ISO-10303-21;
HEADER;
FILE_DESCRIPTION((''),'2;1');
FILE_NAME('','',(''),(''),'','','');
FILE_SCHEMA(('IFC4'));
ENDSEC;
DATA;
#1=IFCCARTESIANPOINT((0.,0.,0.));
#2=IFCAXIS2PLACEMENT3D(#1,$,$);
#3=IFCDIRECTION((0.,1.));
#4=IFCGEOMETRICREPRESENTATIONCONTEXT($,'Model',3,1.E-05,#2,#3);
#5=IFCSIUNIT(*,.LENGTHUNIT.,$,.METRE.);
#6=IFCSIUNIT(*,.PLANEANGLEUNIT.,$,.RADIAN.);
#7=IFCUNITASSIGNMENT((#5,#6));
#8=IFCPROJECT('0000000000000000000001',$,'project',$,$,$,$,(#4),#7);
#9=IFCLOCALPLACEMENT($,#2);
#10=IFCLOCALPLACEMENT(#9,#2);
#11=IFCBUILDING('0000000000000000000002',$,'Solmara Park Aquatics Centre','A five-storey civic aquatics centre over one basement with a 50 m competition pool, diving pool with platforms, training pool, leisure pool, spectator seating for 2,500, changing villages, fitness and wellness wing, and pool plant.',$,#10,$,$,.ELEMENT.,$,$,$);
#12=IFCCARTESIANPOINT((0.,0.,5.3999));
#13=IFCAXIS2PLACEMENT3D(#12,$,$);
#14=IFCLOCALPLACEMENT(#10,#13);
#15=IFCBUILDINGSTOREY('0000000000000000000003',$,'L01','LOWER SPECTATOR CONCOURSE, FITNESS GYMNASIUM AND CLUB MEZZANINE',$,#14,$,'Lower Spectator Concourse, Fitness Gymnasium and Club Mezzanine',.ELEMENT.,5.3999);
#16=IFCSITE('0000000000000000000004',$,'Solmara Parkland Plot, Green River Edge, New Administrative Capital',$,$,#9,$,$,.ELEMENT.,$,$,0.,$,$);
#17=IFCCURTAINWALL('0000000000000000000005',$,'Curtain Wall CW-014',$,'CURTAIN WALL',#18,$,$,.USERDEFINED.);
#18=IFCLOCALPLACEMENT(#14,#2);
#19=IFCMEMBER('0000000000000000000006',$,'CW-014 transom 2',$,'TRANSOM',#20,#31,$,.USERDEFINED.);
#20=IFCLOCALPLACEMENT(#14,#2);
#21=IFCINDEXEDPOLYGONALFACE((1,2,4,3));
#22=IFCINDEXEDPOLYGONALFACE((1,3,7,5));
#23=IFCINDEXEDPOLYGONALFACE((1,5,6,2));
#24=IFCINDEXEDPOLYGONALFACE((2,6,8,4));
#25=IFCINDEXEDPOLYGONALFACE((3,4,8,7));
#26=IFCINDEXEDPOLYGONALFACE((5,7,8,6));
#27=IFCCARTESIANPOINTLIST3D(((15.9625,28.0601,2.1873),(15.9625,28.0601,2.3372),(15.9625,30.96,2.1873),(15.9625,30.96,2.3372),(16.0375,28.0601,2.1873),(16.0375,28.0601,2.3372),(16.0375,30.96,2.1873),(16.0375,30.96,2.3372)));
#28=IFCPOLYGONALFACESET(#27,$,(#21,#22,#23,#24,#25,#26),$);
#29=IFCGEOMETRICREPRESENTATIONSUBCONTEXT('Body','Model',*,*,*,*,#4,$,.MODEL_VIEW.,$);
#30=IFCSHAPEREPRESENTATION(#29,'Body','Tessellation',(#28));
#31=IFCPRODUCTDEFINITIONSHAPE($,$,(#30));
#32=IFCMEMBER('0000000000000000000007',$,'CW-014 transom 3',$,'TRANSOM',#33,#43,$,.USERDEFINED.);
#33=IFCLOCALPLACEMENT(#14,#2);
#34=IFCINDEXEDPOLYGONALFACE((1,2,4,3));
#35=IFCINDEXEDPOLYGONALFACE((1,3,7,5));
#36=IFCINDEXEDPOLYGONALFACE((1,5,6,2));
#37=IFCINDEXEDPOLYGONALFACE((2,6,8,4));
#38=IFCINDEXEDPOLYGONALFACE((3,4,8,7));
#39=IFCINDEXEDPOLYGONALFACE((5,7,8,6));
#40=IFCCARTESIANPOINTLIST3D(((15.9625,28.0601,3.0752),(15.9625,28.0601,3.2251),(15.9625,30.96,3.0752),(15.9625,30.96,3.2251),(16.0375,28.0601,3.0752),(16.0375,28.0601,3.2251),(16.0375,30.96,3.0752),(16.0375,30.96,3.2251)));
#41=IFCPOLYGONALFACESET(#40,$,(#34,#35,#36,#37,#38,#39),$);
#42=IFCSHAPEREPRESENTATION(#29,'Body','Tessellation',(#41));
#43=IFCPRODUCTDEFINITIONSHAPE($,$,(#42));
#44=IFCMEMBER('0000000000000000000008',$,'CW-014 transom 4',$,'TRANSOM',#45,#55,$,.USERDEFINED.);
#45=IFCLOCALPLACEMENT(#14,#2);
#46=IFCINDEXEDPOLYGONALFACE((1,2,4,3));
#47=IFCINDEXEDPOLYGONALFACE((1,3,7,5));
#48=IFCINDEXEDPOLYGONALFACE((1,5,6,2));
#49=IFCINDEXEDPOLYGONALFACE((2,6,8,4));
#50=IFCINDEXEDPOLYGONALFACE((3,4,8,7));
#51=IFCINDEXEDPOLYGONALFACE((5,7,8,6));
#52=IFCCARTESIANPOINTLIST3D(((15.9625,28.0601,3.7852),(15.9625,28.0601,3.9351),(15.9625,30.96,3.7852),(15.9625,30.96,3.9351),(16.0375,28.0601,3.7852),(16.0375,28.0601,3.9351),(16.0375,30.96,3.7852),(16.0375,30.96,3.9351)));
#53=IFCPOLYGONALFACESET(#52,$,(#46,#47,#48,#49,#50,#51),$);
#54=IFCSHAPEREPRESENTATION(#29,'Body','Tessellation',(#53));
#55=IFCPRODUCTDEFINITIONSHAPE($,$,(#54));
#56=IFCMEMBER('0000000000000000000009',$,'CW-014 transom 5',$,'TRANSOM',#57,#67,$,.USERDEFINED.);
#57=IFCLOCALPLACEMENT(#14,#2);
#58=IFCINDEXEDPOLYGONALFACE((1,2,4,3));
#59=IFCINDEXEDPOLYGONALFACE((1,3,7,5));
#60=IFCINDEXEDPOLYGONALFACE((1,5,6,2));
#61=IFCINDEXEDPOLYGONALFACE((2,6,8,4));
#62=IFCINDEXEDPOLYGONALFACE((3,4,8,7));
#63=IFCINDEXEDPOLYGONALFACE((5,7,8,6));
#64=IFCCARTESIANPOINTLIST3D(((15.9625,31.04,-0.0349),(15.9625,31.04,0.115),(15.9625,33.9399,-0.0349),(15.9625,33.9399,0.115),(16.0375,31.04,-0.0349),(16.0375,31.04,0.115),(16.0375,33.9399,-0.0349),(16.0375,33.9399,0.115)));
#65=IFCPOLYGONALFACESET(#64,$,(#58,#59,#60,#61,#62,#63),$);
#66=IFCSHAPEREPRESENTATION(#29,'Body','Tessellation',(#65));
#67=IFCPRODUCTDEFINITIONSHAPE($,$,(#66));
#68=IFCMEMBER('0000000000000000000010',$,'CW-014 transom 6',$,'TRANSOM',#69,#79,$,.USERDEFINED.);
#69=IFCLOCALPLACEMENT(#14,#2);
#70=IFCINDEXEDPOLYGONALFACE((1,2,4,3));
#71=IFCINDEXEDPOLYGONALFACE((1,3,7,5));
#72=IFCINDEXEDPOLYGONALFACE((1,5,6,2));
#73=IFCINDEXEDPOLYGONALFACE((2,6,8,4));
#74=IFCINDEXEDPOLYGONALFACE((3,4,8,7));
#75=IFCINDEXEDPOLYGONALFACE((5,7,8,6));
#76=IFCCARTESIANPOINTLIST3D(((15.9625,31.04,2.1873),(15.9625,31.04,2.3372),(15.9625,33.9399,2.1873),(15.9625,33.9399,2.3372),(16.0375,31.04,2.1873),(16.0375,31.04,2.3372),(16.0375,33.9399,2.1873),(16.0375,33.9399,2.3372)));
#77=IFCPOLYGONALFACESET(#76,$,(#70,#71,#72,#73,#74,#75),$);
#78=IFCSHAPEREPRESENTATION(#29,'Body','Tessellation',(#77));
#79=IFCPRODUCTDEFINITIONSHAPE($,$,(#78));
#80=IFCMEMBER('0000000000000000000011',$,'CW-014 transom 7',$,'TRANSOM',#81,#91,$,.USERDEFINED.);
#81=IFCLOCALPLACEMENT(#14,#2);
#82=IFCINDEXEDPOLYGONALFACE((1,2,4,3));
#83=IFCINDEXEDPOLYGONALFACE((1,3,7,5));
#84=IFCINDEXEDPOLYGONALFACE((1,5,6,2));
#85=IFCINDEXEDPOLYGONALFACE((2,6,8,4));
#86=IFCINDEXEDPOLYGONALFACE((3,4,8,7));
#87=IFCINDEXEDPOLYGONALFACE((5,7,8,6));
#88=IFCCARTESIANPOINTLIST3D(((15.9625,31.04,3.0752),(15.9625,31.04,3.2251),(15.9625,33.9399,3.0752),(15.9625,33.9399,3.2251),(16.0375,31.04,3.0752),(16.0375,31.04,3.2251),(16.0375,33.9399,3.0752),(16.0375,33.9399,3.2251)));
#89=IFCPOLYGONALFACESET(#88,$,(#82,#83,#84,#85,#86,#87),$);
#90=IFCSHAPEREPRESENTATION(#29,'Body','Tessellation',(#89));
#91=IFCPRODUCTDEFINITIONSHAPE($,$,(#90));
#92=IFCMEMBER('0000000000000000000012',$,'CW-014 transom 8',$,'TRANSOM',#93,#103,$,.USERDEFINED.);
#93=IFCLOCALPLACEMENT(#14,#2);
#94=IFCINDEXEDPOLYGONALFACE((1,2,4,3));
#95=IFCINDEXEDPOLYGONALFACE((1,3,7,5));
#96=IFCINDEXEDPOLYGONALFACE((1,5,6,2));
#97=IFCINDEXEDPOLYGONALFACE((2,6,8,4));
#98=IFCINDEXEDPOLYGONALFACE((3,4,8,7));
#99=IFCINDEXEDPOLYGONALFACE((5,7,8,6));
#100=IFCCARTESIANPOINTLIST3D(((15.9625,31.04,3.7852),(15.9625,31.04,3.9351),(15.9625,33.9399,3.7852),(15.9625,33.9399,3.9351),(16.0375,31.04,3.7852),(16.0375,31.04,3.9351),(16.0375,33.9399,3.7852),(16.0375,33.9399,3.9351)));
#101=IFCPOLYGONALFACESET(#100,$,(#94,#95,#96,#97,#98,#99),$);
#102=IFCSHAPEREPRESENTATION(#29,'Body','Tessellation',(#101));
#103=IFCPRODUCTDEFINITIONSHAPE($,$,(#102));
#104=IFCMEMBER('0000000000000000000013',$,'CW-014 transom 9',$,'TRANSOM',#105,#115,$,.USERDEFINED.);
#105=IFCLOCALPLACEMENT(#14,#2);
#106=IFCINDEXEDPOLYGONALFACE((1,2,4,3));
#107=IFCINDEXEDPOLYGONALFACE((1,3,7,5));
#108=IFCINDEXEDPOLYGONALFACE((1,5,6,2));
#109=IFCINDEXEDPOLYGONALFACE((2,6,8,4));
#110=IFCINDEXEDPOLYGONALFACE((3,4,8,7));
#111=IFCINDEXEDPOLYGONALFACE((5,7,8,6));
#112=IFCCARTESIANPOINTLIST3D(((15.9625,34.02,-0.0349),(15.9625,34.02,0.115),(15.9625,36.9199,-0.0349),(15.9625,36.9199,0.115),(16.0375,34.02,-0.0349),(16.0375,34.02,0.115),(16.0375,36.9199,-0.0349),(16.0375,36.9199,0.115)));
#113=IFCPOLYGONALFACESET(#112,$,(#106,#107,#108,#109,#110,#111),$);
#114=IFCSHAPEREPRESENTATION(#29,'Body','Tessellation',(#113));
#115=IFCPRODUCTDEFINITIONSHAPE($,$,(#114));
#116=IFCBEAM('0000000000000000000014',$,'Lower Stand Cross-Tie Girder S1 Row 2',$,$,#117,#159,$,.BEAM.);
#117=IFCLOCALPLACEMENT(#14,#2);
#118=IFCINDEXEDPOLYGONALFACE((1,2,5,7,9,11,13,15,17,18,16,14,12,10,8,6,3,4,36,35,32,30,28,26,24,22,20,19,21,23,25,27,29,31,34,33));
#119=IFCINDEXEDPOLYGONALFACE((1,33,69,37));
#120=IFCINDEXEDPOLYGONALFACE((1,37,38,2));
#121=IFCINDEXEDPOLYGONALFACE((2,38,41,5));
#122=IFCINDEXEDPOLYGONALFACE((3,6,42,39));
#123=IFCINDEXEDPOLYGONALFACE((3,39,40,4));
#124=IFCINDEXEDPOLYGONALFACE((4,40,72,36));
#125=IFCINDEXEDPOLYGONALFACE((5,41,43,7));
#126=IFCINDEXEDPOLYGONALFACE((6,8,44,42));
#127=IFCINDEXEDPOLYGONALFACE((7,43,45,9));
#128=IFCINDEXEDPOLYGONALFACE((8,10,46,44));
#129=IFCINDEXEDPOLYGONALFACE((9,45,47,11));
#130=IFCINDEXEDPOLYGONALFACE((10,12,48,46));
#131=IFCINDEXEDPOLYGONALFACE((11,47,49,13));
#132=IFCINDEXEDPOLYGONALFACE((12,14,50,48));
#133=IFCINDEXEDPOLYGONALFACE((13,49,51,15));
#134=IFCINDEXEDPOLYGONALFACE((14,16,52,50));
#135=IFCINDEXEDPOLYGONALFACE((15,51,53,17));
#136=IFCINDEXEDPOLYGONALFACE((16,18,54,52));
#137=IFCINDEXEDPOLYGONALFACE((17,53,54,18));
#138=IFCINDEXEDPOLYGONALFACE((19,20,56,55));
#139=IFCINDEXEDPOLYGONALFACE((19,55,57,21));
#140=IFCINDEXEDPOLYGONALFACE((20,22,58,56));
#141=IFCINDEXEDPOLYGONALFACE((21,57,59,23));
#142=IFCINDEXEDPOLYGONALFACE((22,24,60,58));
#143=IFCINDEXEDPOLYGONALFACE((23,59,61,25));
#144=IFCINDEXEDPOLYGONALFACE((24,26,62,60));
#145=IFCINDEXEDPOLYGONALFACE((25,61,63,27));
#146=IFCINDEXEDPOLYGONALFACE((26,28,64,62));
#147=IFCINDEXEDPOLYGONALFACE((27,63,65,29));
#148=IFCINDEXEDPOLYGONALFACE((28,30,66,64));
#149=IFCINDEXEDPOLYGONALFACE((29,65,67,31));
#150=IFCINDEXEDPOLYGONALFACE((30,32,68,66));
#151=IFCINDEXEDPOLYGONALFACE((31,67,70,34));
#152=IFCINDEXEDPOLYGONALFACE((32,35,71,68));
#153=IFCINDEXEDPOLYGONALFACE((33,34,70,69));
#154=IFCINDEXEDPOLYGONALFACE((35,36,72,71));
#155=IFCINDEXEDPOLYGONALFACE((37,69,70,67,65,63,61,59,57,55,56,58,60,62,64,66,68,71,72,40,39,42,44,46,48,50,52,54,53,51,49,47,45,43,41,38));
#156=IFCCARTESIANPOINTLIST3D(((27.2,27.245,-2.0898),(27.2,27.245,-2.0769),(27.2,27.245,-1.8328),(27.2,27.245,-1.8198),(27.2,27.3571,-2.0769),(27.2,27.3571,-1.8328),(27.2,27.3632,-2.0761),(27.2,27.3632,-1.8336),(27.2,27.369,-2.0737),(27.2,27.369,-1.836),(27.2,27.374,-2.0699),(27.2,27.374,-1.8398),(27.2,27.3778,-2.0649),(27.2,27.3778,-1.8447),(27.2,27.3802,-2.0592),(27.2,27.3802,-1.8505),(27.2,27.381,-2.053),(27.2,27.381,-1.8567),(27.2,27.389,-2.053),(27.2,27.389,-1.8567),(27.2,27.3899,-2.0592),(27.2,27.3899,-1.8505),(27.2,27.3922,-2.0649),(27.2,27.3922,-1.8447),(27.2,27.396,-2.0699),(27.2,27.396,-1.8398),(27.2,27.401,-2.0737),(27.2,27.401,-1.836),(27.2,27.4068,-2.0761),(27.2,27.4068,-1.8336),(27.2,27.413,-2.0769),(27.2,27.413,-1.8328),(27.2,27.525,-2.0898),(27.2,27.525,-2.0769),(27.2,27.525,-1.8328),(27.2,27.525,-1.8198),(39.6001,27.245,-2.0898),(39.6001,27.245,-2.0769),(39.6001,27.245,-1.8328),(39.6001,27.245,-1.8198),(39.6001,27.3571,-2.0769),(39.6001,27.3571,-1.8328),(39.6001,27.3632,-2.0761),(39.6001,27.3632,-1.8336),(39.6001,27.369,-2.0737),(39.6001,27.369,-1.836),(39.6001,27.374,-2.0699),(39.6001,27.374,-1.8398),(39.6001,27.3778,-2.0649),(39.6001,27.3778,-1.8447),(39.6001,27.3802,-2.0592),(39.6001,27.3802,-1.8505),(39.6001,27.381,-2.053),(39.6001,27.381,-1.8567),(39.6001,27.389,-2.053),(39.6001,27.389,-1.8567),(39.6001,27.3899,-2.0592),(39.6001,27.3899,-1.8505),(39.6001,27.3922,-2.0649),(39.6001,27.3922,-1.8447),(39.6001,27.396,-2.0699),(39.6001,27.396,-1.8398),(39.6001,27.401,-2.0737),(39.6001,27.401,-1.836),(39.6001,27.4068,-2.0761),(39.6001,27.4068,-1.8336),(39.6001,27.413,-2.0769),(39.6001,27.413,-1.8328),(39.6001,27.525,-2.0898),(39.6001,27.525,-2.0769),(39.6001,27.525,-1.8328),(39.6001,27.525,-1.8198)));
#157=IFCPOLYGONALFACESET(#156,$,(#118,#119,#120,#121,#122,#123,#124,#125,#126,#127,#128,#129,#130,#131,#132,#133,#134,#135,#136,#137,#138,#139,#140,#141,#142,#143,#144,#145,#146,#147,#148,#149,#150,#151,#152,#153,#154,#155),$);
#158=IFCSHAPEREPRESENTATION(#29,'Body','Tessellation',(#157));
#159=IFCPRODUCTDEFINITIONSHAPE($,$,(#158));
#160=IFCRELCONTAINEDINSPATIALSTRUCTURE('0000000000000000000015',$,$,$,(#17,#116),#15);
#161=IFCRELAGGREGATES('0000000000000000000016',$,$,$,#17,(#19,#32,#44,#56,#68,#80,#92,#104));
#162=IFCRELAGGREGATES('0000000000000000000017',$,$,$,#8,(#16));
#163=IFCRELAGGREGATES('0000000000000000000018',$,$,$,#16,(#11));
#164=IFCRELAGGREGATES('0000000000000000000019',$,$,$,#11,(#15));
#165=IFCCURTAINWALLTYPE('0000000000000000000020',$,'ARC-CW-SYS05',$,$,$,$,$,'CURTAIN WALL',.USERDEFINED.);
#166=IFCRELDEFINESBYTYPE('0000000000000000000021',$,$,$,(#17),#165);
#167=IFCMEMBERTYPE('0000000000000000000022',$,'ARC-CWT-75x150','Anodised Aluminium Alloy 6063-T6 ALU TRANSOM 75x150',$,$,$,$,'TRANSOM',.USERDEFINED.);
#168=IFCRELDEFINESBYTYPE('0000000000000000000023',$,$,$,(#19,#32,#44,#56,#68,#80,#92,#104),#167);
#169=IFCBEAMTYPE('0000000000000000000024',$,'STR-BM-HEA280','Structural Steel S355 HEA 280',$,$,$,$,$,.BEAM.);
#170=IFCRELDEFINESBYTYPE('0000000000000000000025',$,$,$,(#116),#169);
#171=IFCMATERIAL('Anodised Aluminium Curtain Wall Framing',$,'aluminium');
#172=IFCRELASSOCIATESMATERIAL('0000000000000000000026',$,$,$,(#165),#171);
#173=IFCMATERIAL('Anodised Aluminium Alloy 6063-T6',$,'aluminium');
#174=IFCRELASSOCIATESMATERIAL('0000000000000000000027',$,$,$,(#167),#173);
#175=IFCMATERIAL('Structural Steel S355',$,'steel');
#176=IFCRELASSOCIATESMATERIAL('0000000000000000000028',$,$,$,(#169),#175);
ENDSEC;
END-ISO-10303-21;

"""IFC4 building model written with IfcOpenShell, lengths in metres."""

from ifc_helpers import new_model, si_unit, direction, frame, origin, origin_2d, place, context, subcontext, project, spatial, rectangle, i_section, extrude, material, material_profile, profile_set, type_object, element, aggregate, save


model = new_model("IFC4")

# Units and contexts
model_context = context("Model", 3, precision=1e-05, world=origin(), true_north=direction((0.0, 1.0)))
body_context = subcontext(model_context, "Body", "Model", "MODEL_VIEW")
ifc_project = project(units=[si_unit("LENGTHUNIT", "METRE"), si_unit("PLANEANGLEUNIT", "RADIAN")], contexts=[model_context])

# Site, building, storey
site_placement = place(None, origin())
site = spatial("IfcSite", under=ifc_project, at=site_placement, Name="Solmara Parkland Plot, Green River Edge, New Administrative Capital", CompositionType="ELEMENT", RefElevation=0.0)
building_placement = place(site_placement, origin())
building = spatial("IfcBuilding", under=site, at=building_placement, Name="Solmara Park Aquatics Centre", Description="A five-storey civic aquatics centre over one basement with a 50 m competition pool, diving pool with platforms, training pool, leisure pool, spectator seating for 2,500, changing villages, fitness and wellness wing, and pool plant.", CompositionType="ELEMENT")
storey_placement = place(building_placement, frame((0.0, 0.0, 5.3999)))
storey = spatial("IfcBuildingStorey", under=building, at=storey_placement, Name="L01", Description="LOWER SPECTATOR CONCOURSE, FITNESS GYMNASIUM AND CLUB MEZZANINE", LongName="Lower Spectator Concourse, Fitness Gymnasium and Club Mezzanine", CompositionType="ELEMENT", Elevation=5.3999)

# Shared definitions
ifc_material_1 = material(Name="Structural Steel S355", Category="steel")

# Curtain wall
ifc_material_2 = material(Name="Anodised Aluminium Curtain Wall Framing", Category="aluminium")
curtain_wall_type = type_object("IfcCurtainWallType", Name="ARC-CW-SYS05", ElementType="CURTAIN WALL", PredefinedType="USERDEFINED", material=ifc_material_2)
ifc_material_3 = material(Name="Anodised Aluminium Alloy 6063-T6", Category="aluminium")
curtain_wall_1_placement = place(storey_placement, origin())
curtain_wall_1 = element("IfcCurtainWall", 1, at=curtain_wall_1_placement, inside=storey, type_object=curtain_wall_type, Name="Curtain Wall CW-014", ObjectType="CURTAIN WALL", PredefinedType="USERDEFINED")

# Members
ifc_material_profile_1 = material_profile(ifc_material_3, rectangle(XDim=0.075, YDim=0.1499, at=origin_2d()), Name="ALU TRANSOM 75x150")
ifc_profile_set_1 = profile_set([ifc_material_profile_1], Name="Anodised Aluminium Alloy 6063-T6")
member_type_1 = type_object("IfcMemberType", Name="ARC-CWT-75x150", Description="Anodised Aluminium Alloy 6063-T6 ALU TRANSOM 75x150", ElementType="TRANSOM", PredefinedType="USERDEFINED", material=ifc_profile_set_1)
member_1_placement = place(storey_placement, frame((16.0, 28.0601, 2.2622), z_axis=(0.0, 1.0, 0.0), x_axis=(-1.0, 0.0, 0.0)))
member_1 = element("IfcMember", 2, at=member_1_placement, type_object=member_type_1, Name="CW-014 transom 2", ObjectType="TRANSOM", PredefinedType="USERDEFINED", context=body_context, shape_type="SweptSolid", body=[
    extrude(rectangle(XDim=0.075, YDim=0.1499, at=origin_2d()), origin(), (0.0, 0.0, 1.0), 2.8999),
])
member_2_placement = place(storey_placement, frame((16.0, 28.0601, 3.1501), z_axis=(0.0, 1.0, 0.0), x_axis=(-1.0, 0.0, 0.0)))
member_2 = element("IfcMember", 3, at=member_2_placement, type_object=member_type_1, Name="CW-014 transom 3", ObjectType="TRANSOM", PredefinedType="USERDEFINED", context=body_context, shape_type="SweptSolid", body=[
    extrude(rectangle(XDim=0.075, YDim=0.1499, at=origin_2d()), origin(), (0.0, 0.0, 1.0), 2.8999),
])
member_3_placement = place(storey_placement, frame((16.0, 28.0601, 3.8601), z_axis=(0.0, 1.0, 0.0), x_axis=(-1.0, 0.0, 0.0)))
member_3 = element("IfcMember", 4, at=member_3_placement, type_object=member_type_1, Name="CW-014 transom 4", ObjectType="TRANSOM", PredefinedType="USERDEFINED", context=body_context, shape_type="SweptSolid", body=[
    extrude(rectangle(XDim=0.075, YDim=0.1499, at=origin_2d()), origin(), (0.0, 0.0, 1.0), 2.8999),
])
member_4_placement = place(storey_placement, frame((16.0, 31.04, 0.04), z_axis=(0.0, 1.0, 0.0), x_axis=(-1.0, 0.0, 0.0)))
member_4 = element("IfcMember", 5, at=member_4_placement, type_object=member_type_1, Name="CW-014 transom 5", ObjectType="TRANSOM", PredefinedType="USERDEFINED", context=body_context, shape_type="SweptSolid", body=[
    extrude(rectangle(XDim=0.075, YDim=0.1499, at=origin_2d()), origin(), (0.0, 0.0, 1.0), 2.8999),
])
member_5_placement = place(storey_placement, frame((16.0, 31.04, 2.2622), z_axis=(0.0, 1.0, 0.0), x_axis=(-1.0, 0.0, 0.0)))
member_5 = element("IfcMember", 6, at=member_5_placement, type_object=member_type_1, Name="CW-014 transom 6", ObjectType="TRANSOM", PredefinedType="USERDEFINED", context=body_context, shape_type="SweptSolid", body=[
    extrude(rectangle(XDim=0.075, YDim=0.1499, at=origin_2d()), origin(), (0.0, 0.0, 1.0), 2.8999),
])
member_6_placement = place(storey_placement, frame((16.0, 31.04, 3.1501), z_axis=(0.0, 1.0, 0.0), x_axis=(-1.0, 0.0, 0.0)))
member_6 = element("IfcMember", 7, at=member_6_placement, type_object=member_type_1, Name="CW-014 transom 7", ObjectType="TRANSOM", PredefinedType="USERDEFINED", context=body_context, shape_type="SweptSolid", body=[
    extrude(rectangle(XDim=0.075, YDim=0.1499, at=origin_2d()), origin(), (0.0, 0.0, 1.0), 2.8999),
])
member_7_placement = place(storey_placement, frame((16.0, 31.04, 3.8601), z_axis=(0.0, 1.0, 0.0), x_axis=(-1.0, 0.0, 0.0)))
member_7 = element("IfcMember", 8, at=member_7_placement, type_object=member_type_1, Name="CW-014 transom 8", ObjectType="TRANSOM", PredefinedType="USERDEFINED", context=body_context, shape_type="SweptSolid", body=[
    extrude(rectangle(XDim=0.075, YDim=0.1499, at=origin_2d()), origin(), (0.0, 0.0, 1.0), 2.8999),
])
member_8_placement = place(storey_placement, frame((16.0, 34.02, 0.04), z_axis=(0.0, 1.0, 0.0), x_axis=(-1.0, 0.0, 0.0)))
member_8 = element("IfcMember", 9, at=member_8_placement, type_object=member_type_1, Name="CW-014 transom 9", ObjectType="TRANSOM", PredefinedType="USERDEFINED", context=body_context, shape_type="SweptSolid", body=[
    extrude(rectangle(XDim=0.075, YDim=0.1499, at=origin_2d()), origin(), (0.0, 0.0, 1.0), 2.8999),
])

# Beam
ifc_material_profile_2 = material_profile(ifc_material_1, i_section(OverallWidth=0.28, OverallDepth=0.27, WebThickness=0.0081, FlangeThickness=0.0129, FilletRadius=0.0239, at=origin_2d()), Name="HEA 280")
ifc_profile_set_2 = profile_set([ifc_material_profile_2], Name="Structural Steel S355")
beam_type_1 = type_object("IfcBeamType", Name="STR-BM-HEA280", Description="Structural Steel S355 HEA 280", PredefinedType="BEAM", material=ifc_profile_set_2)
for number, where, z_axis, x_axis, name in (
    (10, (27.2, 27.385, -1.9548), (1.0, 0.0, 0.0), (0.0, 1.0, 0.0), "Lower Stand Cross-Tie Girder S1 Row 2"),
):
    element("IfcBeam", number, at=place(storey_placement, frame(where, z_axis=z_axis, x_axis=x_axis)), inside=storey, type_object=beam_type_1, Name=name, PredefinedType="BEAM", context=body_context, shape_type="SweptSolid", body=[
        extrude(i_section(OverallWidth=0.28, OverallDepth=0.27, WebThickness=0.0081, FlangeThickness=0.0129, FilletRadius=0.0239, at=origin_2d()), origin(), (0.0, 0.0, 1.0), 12.4001),
    ])

aggregate(curtain_wall_1, [member_1, member_2, member_3, member_4, member_5, member_6, member_7, member_8])

save(model, "model.ifc")
